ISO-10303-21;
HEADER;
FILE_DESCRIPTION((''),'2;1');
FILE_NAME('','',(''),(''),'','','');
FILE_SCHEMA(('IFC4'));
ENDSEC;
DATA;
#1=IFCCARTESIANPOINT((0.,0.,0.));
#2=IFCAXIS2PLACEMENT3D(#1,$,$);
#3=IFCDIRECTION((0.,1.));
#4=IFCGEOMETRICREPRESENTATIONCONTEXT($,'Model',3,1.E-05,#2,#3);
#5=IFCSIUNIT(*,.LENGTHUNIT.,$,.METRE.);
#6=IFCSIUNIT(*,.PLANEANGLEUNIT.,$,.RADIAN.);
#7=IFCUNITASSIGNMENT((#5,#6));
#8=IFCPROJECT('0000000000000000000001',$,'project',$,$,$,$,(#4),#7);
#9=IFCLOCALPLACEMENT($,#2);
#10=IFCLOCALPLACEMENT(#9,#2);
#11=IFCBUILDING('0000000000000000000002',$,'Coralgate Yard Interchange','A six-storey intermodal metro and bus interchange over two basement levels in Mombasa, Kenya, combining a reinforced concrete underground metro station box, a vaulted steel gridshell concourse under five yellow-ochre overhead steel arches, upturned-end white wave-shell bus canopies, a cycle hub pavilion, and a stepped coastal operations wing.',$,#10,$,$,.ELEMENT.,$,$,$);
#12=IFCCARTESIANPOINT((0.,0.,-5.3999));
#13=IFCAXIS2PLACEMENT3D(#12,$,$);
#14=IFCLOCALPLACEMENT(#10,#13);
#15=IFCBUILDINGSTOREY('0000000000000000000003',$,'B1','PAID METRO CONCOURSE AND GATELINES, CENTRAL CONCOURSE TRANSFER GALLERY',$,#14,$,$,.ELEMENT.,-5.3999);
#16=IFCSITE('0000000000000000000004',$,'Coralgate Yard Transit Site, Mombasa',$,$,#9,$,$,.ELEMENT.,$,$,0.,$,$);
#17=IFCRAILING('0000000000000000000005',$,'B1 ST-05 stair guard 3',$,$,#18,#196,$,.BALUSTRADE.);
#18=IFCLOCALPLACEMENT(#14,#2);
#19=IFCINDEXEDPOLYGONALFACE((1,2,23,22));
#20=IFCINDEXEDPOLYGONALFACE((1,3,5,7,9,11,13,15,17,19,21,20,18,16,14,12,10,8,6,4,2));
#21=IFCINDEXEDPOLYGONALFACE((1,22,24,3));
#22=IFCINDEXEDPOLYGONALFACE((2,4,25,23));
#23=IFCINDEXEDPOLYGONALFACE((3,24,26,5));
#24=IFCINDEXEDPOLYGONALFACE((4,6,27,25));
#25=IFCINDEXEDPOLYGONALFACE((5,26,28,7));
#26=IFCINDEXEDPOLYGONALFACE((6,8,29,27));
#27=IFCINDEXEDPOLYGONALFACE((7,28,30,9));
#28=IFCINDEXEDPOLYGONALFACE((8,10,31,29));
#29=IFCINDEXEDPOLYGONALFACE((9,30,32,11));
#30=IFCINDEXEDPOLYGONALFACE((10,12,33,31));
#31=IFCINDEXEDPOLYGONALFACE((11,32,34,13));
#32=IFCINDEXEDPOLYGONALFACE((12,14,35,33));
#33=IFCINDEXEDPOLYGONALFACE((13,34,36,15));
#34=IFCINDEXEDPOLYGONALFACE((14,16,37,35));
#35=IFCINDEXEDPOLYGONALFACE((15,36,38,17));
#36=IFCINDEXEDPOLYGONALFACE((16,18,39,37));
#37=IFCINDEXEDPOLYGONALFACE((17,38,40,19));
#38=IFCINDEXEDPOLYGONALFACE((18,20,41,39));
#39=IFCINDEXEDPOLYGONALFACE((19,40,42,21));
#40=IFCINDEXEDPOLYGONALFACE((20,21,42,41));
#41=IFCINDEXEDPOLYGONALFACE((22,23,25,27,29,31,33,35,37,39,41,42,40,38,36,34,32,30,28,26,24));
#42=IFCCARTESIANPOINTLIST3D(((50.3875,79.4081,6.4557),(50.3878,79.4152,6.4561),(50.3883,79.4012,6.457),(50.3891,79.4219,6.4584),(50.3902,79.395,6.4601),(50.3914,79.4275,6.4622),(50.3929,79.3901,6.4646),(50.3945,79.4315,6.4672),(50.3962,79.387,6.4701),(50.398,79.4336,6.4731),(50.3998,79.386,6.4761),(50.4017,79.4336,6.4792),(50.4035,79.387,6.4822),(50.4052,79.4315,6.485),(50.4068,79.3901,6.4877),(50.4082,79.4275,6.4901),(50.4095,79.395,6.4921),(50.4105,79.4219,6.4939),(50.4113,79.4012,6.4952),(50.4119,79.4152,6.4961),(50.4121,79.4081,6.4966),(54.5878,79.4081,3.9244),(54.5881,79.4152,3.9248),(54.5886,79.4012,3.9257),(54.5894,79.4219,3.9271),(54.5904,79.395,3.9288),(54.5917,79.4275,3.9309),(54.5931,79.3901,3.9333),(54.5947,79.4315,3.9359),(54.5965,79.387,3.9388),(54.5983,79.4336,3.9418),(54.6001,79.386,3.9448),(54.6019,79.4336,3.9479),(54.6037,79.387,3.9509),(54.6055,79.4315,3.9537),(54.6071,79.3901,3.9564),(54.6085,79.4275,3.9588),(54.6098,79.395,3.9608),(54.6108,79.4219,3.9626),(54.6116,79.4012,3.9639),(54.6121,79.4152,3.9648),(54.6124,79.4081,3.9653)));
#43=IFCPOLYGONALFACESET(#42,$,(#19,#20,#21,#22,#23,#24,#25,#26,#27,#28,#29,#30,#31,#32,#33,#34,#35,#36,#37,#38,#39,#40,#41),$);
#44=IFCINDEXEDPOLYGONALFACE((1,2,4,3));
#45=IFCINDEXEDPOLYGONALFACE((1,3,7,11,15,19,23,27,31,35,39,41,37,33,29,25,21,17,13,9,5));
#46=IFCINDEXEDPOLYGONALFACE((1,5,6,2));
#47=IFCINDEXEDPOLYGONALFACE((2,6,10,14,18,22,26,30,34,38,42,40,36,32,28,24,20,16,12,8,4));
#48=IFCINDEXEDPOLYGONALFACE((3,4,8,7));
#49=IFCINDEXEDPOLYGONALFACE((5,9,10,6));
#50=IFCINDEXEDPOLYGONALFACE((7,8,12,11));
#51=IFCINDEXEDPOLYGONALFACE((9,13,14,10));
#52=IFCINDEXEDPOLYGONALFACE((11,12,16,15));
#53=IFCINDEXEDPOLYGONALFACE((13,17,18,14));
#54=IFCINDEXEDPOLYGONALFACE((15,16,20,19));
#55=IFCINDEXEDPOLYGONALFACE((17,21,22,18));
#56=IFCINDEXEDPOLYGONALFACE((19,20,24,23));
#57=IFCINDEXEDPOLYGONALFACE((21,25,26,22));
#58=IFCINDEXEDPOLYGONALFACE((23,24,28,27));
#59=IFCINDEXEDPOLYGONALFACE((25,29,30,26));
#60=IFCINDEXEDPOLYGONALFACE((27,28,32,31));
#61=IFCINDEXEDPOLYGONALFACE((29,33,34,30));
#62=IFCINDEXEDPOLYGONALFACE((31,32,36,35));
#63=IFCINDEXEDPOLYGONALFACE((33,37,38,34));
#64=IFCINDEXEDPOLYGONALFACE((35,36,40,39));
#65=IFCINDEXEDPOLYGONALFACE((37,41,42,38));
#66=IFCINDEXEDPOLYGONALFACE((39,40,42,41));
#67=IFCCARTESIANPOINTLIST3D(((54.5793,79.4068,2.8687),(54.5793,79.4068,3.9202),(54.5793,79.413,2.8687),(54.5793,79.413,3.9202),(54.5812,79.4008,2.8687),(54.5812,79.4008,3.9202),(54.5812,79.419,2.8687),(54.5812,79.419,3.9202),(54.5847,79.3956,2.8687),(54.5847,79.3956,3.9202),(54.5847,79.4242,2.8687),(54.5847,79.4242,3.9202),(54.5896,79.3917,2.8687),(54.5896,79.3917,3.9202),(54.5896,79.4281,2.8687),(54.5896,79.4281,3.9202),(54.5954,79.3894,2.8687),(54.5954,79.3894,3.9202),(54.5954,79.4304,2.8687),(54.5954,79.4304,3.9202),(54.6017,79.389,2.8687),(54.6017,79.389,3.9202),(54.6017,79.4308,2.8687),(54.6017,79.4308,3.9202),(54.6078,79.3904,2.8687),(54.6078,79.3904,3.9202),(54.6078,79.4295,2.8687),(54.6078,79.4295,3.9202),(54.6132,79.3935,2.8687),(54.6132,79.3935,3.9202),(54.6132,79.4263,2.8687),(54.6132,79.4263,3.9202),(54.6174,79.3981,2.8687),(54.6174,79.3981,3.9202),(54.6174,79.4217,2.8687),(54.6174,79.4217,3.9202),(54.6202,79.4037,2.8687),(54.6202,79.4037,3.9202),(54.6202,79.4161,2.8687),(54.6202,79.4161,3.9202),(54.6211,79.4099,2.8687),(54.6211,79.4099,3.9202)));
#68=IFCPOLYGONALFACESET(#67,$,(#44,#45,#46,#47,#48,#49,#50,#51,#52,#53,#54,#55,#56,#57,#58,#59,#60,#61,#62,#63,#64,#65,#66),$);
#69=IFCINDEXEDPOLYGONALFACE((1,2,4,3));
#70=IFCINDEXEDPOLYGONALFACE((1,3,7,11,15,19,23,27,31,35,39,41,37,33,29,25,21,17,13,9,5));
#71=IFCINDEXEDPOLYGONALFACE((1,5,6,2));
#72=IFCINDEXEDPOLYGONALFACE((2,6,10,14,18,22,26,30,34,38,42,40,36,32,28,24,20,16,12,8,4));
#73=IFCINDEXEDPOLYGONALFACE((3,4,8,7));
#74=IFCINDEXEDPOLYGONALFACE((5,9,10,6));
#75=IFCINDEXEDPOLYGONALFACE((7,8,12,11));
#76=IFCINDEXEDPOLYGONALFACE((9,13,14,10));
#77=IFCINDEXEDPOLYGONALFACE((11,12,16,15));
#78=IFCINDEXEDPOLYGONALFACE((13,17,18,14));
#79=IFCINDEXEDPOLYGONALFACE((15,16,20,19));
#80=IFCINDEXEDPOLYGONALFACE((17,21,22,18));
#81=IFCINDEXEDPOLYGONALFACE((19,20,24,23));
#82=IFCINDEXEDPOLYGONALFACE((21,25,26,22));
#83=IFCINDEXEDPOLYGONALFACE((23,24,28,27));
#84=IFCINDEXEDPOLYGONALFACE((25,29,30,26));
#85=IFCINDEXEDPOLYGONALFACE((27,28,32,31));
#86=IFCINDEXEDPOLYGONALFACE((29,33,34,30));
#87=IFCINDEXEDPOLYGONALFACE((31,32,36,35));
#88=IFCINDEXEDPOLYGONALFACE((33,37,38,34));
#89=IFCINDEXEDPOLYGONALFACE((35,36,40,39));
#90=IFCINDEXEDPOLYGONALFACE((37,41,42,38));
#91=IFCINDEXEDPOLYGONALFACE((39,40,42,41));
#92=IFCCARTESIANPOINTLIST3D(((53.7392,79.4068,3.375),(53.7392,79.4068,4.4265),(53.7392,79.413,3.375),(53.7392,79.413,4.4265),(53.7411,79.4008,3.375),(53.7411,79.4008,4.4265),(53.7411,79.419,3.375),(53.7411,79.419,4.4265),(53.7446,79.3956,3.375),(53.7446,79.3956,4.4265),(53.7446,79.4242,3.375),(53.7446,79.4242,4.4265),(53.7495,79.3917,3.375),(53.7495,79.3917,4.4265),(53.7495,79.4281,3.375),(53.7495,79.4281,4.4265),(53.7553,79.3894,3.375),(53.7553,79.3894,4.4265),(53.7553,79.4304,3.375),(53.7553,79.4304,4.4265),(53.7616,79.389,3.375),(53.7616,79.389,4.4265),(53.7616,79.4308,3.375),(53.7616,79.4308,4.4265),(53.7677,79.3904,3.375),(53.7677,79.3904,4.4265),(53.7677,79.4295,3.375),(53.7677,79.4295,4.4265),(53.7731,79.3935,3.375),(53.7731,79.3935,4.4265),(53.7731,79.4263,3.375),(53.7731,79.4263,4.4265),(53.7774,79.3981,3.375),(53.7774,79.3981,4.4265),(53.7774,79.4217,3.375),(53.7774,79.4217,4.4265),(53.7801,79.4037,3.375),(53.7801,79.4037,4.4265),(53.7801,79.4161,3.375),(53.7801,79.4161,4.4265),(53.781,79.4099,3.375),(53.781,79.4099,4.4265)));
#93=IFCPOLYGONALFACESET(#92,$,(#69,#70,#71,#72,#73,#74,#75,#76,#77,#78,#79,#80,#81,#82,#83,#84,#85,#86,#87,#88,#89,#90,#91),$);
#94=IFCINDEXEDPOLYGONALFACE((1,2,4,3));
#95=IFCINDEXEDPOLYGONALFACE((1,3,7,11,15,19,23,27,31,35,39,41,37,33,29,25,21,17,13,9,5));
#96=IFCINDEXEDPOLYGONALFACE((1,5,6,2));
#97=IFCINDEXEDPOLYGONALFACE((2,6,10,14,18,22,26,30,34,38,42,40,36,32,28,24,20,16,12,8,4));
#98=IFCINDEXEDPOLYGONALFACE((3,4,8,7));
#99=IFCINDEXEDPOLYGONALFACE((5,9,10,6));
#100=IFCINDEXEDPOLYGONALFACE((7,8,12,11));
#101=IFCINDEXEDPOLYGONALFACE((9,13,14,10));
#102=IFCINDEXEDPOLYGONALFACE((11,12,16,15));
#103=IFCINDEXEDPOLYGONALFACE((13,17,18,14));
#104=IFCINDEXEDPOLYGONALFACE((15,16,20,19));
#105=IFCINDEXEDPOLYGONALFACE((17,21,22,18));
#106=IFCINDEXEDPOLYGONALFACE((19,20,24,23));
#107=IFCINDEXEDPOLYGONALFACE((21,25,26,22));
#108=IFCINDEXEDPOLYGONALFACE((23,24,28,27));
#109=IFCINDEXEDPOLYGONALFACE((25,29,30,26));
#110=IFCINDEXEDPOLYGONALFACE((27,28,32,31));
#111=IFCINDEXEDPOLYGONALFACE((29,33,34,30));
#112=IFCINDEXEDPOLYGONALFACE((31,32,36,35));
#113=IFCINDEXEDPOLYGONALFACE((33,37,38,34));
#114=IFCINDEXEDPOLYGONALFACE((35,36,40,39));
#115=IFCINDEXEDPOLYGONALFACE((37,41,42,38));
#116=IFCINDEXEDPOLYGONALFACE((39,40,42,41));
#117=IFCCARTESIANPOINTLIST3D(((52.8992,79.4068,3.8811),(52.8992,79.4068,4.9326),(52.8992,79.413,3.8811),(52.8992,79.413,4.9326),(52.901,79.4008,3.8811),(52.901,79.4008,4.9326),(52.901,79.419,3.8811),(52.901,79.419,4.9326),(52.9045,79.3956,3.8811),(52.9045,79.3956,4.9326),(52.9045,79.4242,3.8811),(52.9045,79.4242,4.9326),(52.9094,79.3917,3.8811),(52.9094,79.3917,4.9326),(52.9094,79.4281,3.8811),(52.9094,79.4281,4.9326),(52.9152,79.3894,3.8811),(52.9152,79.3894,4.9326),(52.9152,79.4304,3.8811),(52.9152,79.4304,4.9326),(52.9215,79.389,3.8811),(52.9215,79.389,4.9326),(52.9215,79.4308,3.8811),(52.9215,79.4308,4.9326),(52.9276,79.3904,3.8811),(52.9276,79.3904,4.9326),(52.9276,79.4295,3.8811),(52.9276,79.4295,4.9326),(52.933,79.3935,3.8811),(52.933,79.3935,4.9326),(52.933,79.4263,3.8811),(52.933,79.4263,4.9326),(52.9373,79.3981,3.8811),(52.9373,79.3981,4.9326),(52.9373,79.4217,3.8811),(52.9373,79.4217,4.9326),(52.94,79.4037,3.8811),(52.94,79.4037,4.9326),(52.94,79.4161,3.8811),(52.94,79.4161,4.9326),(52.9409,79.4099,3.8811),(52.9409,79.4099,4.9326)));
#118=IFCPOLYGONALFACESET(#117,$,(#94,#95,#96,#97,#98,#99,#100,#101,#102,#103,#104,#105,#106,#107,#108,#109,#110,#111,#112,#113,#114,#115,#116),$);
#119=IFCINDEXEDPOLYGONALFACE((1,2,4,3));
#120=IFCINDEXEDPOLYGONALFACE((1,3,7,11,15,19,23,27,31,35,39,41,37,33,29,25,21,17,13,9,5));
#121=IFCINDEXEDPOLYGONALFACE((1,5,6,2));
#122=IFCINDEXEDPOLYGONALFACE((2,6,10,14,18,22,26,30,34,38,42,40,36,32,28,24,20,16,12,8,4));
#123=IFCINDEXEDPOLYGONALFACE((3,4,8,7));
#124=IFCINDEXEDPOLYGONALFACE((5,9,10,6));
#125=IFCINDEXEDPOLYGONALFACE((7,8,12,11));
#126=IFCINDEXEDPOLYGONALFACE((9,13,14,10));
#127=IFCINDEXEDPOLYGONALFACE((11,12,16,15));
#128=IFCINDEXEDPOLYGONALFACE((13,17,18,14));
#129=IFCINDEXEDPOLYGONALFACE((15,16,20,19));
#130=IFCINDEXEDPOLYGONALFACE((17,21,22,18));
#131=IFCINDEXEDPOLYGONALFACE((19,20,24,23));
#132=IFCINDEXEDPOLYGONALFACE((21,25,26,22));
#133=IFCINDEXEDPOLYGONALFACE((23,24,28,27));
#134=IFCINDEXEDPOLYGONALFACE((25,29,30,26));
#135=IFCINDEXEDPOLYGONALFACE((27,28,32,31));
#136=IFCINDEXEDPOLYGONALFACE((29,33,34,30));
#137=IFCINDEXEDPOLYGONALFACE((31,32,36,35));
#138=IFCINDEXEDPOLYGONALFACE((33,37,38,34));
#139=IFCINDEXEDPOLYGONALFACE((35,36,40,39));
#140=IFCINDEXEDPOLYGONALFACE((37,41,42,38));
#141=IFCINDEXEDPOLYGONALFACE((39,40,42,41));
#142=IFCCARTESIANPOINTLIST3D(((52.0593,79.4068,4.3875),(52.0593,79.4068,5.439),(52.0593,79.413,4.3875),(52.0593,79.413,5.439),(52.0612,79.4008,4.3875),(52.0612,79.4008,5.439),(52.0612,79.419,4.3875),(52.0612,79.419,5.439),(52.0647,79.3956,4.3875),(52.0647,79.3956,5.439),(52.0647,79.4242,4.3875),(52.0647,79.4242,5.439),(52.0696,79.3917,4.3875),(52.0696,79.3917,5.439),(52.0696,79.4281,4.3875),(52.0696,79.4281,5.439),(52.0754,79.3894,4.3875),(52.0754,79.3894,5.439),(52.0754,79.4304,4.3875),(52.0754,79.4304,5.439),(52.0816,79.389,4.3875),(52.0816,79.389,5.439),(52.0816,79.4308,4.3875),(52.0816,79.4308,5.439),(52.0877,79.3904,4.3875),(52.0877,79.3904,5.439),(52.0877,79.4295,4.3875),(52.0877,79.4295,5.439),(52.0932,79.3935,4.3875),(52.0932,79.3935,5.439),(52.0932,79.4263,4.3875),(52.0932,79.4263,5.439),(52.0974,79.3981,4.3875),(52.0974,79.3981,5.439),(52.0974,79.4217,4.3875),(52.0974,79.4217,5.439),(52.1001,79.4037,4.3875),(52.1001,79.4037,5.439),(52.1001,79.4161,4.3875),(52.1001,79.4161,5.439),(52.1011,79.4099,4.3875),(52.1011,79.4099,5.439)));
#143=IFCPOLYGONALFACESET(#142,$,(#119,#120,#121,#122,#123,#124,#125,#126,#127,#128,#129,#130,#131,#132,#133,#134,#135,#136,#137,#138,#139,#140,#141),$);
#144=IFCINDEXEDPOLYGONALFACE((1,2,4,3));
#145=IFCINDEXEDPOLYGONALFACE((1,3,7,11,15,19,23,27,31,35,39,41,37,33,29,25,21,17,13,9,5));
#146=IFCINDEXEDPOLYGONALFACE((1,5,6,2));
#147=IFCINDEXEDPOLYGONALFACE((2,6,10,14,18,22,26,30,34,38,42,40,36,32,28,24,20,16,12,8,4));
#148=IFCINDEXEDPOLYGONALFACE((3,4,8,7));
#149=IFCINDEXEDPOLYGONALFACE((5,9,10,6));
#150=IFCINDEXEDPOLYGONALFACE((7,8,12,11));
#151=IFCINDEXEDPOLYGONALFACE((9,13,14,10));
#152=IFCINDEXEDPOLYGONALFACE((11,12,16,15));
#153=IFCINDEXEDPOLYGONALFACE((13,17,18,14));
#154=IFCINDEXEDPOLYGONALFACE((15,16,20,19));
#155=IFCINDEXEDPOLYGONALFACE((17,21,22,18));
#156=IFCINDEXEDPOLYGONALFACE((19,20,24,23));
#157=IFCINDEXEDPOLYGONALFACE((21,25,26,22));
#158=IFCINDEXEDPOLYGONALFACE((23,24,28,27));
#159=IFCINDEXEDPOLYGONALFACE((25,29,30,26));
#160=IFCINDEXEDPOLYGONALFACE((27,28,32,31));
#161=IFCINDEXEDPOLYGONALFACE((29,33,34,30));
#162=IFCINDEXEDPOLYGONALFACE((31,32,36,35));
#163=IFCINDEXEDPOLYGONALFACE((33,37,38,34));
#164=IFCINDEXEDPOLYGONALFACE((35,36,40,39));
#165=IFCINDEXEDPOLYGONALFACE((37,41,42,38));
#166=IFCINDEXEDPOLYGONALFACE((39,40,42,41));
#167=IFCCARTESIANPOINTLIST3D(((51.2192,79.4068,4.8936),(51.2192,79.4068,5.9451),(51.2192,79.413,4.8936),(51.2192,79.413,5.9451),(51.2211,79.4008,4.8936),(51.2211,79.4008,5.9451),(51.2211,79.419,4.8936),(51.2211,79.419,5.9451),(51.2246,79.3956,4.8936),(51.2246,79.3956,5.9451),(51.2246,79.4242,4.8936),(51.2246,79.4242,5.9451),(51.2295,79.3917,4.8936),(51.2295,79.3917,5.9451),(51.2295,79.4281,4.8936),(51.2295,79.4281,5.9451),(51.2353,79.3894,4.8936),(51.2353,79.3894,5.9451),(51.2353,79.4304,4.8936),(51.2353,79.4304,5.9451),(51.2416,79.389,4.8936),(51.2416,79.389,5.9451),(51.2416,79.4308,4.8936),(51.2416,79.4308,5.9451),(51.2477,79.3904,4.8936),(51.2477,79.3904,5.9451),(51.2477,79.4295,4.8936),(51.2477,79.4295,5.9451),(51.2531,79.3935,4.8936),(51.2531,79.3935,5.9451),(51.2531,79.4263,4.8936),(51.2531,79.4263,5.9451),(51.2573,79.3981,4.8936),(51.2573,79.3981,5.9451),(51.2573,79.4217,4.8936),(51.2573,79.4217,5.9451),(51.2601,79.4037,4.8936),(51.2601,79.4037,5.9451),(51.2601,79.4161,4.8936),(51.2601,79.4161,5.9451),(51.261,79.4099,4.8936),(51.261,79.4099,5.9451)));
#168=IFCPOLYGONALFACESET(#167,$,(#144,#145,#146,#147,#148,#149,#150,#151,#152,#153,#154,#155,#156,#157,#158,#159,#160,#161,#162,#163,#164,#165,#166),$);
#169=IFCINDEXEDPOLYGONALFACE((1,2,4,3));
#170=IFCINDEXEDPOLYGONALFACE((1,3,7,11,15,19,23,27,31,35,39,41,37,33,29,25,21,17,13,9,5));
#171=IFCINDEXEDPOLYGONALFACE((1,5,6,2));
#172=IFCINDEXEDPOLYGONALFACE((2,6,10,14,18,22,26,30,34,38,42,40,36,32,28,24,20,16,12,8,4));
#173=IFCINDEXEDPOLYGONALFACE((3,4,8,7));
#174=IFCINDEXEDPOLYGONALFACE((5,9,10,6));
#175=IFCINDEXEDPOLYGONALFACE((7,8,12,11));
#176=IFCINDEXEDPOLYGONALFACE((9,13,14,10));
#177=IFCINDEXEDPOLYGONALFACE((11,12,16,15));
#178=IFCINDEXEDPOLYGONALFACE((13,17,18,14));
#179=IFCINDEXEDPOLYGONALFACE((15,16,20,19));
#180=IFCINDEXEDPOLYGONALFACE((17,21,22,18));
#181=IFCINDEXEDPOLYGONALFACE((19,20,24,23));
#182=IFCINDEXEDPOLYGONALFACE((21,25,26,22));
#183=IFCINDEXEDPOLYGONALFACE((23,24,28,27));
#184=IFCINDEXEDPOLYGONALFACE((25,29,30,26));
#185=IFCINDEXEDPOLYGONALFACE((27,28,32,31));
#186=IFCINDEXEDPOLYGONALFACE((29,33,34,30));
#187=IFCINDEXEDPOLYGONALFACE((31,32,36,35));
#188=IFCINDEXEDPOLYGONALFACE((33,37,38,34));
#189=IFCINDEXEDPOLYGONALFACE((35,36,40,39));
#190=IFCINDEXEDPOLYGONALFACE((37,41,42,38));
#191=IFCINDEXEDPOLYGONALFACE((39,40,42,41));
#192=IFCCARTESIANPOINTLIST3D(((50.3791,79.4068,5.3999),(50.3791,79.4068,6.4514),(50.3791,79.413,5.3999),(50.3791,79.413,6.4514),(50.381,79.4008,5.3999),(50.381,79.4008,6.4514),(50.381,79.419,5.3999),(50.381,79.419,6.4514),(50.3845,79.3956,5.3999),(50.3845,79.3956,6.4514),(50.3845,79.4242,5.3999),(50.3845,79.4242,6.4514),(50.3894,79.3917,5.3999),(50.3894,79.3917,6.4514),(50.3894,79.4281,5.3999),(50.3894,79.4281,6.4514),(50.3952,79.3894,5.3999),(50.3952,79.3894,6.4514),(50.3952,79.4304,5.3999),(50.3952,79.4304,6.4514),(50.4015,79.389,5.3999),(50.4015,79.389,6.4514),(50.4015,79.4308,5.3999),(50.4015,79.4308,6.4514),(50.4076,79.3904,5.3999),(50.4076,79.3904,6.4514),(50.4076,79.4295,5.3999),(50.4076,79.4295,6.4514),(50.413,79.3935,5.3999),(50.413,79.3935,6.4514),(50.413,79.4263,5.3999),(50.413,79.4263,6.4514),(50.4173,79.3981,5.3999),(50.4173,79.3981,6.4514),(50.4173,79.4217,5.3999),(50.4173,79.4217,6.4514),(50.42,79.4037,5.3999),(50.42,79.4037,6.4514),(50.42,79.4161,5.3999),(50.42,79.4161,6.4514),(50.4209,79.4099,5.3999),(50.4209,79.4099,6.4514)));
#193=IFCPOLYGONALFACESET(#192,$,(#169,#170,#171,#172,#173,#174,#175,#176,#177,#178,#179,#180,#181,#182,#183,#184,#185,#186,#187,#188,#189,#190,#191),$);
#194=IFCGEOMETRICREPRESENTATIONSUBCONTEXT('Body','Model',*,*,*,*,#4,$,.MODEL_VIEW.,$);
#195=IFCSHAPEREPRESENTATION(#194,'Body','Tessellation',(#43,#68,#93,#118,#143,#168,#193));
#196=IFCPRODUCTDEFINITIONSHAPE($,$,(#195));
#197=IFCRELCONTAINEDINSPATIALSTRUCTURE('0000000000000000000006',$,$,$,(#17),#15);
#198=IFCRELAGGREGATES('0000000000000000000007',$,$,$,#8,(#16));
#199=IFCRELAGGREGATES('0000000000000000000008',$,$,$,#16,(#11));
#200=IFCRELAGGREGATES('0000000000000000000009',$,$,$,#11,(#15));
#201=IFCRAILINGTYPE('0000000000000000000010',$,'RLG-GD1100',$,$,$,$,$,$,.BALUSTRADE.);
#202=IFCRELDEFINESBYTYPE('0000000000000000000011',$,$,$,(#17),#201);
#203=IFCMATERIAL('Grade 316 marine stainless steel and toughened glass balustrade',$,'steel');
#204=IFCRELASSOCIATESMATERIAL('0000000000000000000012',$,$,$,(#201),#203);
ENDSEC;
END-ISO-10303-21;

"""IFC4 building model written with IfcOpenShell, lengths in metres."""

from ifc_helpers import new_model, si_unit, direction, frame, origin, origin_2d, place, context, subcontext, project, spatial, circle, extrude, material, type_object, element, save


model = new_model("IFC4")

# Units and contexts
model_context = context("Model", 3, precision=1e-05, world=origin(), true_north=direction((0.0, 1.0)))
body_context = subcontext(model_context, "Body", "Model", "MODEL_VIEW")
ifc_project = project(units=[si_unit("LENGTHUNIT", "METRE"), si_unit("PLANEANGLEUNIT", "RADIAN")], contexts=[model_context])

# Site, building, storey
site_placement = place(None, origin())
site = spatial("IfcSite", under=ifc_project, at=site_placement, Name="Coralgate Yard Transit Site, Mombasa", CompositionType="ELEMENT", RefElevation=0.0)
building_placement = place(site_placement, origin())
building = spatial("IfcBuilding", under=site, at=building_placement, Name="Coralgate Yard Interchange", Description="A six-storey intermodal metro and bus interchange over two basement levels in Mombasa, Kenya, combining a reinforced concrete underground metro station box, a vaulted steel gridshell concourse under five yellow-ochre overhead steel arches, upturned-end white wave-shell bus canopies, a cycle hub pavilion, and a stepped coastal operations wing.", CompositionType="ELEMENT")
storey_placement = place(building_placement, frame((0.0, 0.0, -5.3999)))
storey = spatial("IfcBuildingStorey", under=building, at=storey_placement, Name="B1", Description="PAID METRO CONCOURSE AND GATELINES, CENTRAL CONCOURSE TRANSFER GALLERY", CompositionType="ELEMENT", Elevation=-5.3999)

# Railing
ifc_material_1 = material(Name="Grade 316 marine stainless steel and toughened glass balustrade", Category="steel")
railing_type_1 = type_object("IfcRailingType", Name="RLG-GD1100", PredefinedType="BALUSTRADE", material=ifc_material_1)
railing_1_placement = place(storey_placement, frame((54.6001, 79.4099, 2.8687)))
element("IfcRailing", 1, at=railing_1_placement, inside=storey, type_object=railing_type_1, Name="B1 ST-05 stair guard 3", PredefinedType="BALUSTRADE", context=body_context, shape_type="SweptSolid", body=[
    extrude(circle(Radius=0.0239, at=origin_2d()), frame((0.0, 0.0, 1.0762), z_axis=(-0.85649, 0.0, 0.516164), x_axis=(0.0, -1.0, 0.0)), (0.0, 0.0, 1.0), 4.9041),
    extrude(circle(Radius=0.021, at=origin_2d()), origin(), (0.0, 0.0, 1.0), 1.0515),
    extrude(circle(Radius=0.021, at=origin_2d()), frame((-0.8401, 0.0, 0.5063)), (0.0, 0.0, 1.0), 1.0515),
    extrude(circle(Radius=0.021, at=origin_2d()), frame((-1.6802, 0.0, 1.0125)), (0.0, 0.0, 1.0), 1.0515),
    extrude(circle(Radius=0.021, at=origin_2d()), frame((-2.52, 0.0, 1.5188)), (0.0, 0.0, 1.0), 1.0515),
    extrude(circle(Radius=0.021, at=origin_2d()), frame((-3.3601, 0.0, 2.0249)), (0.0, 0.0, 1.0), 1.0515),
    extrude(circle(Radius=0.021, at=origin_2d()), frame((-4.2002, 0.0, 2.5312)), (0.0, 0.0, 1.0), 1.0515),
])

save(model, "model.ifc")
